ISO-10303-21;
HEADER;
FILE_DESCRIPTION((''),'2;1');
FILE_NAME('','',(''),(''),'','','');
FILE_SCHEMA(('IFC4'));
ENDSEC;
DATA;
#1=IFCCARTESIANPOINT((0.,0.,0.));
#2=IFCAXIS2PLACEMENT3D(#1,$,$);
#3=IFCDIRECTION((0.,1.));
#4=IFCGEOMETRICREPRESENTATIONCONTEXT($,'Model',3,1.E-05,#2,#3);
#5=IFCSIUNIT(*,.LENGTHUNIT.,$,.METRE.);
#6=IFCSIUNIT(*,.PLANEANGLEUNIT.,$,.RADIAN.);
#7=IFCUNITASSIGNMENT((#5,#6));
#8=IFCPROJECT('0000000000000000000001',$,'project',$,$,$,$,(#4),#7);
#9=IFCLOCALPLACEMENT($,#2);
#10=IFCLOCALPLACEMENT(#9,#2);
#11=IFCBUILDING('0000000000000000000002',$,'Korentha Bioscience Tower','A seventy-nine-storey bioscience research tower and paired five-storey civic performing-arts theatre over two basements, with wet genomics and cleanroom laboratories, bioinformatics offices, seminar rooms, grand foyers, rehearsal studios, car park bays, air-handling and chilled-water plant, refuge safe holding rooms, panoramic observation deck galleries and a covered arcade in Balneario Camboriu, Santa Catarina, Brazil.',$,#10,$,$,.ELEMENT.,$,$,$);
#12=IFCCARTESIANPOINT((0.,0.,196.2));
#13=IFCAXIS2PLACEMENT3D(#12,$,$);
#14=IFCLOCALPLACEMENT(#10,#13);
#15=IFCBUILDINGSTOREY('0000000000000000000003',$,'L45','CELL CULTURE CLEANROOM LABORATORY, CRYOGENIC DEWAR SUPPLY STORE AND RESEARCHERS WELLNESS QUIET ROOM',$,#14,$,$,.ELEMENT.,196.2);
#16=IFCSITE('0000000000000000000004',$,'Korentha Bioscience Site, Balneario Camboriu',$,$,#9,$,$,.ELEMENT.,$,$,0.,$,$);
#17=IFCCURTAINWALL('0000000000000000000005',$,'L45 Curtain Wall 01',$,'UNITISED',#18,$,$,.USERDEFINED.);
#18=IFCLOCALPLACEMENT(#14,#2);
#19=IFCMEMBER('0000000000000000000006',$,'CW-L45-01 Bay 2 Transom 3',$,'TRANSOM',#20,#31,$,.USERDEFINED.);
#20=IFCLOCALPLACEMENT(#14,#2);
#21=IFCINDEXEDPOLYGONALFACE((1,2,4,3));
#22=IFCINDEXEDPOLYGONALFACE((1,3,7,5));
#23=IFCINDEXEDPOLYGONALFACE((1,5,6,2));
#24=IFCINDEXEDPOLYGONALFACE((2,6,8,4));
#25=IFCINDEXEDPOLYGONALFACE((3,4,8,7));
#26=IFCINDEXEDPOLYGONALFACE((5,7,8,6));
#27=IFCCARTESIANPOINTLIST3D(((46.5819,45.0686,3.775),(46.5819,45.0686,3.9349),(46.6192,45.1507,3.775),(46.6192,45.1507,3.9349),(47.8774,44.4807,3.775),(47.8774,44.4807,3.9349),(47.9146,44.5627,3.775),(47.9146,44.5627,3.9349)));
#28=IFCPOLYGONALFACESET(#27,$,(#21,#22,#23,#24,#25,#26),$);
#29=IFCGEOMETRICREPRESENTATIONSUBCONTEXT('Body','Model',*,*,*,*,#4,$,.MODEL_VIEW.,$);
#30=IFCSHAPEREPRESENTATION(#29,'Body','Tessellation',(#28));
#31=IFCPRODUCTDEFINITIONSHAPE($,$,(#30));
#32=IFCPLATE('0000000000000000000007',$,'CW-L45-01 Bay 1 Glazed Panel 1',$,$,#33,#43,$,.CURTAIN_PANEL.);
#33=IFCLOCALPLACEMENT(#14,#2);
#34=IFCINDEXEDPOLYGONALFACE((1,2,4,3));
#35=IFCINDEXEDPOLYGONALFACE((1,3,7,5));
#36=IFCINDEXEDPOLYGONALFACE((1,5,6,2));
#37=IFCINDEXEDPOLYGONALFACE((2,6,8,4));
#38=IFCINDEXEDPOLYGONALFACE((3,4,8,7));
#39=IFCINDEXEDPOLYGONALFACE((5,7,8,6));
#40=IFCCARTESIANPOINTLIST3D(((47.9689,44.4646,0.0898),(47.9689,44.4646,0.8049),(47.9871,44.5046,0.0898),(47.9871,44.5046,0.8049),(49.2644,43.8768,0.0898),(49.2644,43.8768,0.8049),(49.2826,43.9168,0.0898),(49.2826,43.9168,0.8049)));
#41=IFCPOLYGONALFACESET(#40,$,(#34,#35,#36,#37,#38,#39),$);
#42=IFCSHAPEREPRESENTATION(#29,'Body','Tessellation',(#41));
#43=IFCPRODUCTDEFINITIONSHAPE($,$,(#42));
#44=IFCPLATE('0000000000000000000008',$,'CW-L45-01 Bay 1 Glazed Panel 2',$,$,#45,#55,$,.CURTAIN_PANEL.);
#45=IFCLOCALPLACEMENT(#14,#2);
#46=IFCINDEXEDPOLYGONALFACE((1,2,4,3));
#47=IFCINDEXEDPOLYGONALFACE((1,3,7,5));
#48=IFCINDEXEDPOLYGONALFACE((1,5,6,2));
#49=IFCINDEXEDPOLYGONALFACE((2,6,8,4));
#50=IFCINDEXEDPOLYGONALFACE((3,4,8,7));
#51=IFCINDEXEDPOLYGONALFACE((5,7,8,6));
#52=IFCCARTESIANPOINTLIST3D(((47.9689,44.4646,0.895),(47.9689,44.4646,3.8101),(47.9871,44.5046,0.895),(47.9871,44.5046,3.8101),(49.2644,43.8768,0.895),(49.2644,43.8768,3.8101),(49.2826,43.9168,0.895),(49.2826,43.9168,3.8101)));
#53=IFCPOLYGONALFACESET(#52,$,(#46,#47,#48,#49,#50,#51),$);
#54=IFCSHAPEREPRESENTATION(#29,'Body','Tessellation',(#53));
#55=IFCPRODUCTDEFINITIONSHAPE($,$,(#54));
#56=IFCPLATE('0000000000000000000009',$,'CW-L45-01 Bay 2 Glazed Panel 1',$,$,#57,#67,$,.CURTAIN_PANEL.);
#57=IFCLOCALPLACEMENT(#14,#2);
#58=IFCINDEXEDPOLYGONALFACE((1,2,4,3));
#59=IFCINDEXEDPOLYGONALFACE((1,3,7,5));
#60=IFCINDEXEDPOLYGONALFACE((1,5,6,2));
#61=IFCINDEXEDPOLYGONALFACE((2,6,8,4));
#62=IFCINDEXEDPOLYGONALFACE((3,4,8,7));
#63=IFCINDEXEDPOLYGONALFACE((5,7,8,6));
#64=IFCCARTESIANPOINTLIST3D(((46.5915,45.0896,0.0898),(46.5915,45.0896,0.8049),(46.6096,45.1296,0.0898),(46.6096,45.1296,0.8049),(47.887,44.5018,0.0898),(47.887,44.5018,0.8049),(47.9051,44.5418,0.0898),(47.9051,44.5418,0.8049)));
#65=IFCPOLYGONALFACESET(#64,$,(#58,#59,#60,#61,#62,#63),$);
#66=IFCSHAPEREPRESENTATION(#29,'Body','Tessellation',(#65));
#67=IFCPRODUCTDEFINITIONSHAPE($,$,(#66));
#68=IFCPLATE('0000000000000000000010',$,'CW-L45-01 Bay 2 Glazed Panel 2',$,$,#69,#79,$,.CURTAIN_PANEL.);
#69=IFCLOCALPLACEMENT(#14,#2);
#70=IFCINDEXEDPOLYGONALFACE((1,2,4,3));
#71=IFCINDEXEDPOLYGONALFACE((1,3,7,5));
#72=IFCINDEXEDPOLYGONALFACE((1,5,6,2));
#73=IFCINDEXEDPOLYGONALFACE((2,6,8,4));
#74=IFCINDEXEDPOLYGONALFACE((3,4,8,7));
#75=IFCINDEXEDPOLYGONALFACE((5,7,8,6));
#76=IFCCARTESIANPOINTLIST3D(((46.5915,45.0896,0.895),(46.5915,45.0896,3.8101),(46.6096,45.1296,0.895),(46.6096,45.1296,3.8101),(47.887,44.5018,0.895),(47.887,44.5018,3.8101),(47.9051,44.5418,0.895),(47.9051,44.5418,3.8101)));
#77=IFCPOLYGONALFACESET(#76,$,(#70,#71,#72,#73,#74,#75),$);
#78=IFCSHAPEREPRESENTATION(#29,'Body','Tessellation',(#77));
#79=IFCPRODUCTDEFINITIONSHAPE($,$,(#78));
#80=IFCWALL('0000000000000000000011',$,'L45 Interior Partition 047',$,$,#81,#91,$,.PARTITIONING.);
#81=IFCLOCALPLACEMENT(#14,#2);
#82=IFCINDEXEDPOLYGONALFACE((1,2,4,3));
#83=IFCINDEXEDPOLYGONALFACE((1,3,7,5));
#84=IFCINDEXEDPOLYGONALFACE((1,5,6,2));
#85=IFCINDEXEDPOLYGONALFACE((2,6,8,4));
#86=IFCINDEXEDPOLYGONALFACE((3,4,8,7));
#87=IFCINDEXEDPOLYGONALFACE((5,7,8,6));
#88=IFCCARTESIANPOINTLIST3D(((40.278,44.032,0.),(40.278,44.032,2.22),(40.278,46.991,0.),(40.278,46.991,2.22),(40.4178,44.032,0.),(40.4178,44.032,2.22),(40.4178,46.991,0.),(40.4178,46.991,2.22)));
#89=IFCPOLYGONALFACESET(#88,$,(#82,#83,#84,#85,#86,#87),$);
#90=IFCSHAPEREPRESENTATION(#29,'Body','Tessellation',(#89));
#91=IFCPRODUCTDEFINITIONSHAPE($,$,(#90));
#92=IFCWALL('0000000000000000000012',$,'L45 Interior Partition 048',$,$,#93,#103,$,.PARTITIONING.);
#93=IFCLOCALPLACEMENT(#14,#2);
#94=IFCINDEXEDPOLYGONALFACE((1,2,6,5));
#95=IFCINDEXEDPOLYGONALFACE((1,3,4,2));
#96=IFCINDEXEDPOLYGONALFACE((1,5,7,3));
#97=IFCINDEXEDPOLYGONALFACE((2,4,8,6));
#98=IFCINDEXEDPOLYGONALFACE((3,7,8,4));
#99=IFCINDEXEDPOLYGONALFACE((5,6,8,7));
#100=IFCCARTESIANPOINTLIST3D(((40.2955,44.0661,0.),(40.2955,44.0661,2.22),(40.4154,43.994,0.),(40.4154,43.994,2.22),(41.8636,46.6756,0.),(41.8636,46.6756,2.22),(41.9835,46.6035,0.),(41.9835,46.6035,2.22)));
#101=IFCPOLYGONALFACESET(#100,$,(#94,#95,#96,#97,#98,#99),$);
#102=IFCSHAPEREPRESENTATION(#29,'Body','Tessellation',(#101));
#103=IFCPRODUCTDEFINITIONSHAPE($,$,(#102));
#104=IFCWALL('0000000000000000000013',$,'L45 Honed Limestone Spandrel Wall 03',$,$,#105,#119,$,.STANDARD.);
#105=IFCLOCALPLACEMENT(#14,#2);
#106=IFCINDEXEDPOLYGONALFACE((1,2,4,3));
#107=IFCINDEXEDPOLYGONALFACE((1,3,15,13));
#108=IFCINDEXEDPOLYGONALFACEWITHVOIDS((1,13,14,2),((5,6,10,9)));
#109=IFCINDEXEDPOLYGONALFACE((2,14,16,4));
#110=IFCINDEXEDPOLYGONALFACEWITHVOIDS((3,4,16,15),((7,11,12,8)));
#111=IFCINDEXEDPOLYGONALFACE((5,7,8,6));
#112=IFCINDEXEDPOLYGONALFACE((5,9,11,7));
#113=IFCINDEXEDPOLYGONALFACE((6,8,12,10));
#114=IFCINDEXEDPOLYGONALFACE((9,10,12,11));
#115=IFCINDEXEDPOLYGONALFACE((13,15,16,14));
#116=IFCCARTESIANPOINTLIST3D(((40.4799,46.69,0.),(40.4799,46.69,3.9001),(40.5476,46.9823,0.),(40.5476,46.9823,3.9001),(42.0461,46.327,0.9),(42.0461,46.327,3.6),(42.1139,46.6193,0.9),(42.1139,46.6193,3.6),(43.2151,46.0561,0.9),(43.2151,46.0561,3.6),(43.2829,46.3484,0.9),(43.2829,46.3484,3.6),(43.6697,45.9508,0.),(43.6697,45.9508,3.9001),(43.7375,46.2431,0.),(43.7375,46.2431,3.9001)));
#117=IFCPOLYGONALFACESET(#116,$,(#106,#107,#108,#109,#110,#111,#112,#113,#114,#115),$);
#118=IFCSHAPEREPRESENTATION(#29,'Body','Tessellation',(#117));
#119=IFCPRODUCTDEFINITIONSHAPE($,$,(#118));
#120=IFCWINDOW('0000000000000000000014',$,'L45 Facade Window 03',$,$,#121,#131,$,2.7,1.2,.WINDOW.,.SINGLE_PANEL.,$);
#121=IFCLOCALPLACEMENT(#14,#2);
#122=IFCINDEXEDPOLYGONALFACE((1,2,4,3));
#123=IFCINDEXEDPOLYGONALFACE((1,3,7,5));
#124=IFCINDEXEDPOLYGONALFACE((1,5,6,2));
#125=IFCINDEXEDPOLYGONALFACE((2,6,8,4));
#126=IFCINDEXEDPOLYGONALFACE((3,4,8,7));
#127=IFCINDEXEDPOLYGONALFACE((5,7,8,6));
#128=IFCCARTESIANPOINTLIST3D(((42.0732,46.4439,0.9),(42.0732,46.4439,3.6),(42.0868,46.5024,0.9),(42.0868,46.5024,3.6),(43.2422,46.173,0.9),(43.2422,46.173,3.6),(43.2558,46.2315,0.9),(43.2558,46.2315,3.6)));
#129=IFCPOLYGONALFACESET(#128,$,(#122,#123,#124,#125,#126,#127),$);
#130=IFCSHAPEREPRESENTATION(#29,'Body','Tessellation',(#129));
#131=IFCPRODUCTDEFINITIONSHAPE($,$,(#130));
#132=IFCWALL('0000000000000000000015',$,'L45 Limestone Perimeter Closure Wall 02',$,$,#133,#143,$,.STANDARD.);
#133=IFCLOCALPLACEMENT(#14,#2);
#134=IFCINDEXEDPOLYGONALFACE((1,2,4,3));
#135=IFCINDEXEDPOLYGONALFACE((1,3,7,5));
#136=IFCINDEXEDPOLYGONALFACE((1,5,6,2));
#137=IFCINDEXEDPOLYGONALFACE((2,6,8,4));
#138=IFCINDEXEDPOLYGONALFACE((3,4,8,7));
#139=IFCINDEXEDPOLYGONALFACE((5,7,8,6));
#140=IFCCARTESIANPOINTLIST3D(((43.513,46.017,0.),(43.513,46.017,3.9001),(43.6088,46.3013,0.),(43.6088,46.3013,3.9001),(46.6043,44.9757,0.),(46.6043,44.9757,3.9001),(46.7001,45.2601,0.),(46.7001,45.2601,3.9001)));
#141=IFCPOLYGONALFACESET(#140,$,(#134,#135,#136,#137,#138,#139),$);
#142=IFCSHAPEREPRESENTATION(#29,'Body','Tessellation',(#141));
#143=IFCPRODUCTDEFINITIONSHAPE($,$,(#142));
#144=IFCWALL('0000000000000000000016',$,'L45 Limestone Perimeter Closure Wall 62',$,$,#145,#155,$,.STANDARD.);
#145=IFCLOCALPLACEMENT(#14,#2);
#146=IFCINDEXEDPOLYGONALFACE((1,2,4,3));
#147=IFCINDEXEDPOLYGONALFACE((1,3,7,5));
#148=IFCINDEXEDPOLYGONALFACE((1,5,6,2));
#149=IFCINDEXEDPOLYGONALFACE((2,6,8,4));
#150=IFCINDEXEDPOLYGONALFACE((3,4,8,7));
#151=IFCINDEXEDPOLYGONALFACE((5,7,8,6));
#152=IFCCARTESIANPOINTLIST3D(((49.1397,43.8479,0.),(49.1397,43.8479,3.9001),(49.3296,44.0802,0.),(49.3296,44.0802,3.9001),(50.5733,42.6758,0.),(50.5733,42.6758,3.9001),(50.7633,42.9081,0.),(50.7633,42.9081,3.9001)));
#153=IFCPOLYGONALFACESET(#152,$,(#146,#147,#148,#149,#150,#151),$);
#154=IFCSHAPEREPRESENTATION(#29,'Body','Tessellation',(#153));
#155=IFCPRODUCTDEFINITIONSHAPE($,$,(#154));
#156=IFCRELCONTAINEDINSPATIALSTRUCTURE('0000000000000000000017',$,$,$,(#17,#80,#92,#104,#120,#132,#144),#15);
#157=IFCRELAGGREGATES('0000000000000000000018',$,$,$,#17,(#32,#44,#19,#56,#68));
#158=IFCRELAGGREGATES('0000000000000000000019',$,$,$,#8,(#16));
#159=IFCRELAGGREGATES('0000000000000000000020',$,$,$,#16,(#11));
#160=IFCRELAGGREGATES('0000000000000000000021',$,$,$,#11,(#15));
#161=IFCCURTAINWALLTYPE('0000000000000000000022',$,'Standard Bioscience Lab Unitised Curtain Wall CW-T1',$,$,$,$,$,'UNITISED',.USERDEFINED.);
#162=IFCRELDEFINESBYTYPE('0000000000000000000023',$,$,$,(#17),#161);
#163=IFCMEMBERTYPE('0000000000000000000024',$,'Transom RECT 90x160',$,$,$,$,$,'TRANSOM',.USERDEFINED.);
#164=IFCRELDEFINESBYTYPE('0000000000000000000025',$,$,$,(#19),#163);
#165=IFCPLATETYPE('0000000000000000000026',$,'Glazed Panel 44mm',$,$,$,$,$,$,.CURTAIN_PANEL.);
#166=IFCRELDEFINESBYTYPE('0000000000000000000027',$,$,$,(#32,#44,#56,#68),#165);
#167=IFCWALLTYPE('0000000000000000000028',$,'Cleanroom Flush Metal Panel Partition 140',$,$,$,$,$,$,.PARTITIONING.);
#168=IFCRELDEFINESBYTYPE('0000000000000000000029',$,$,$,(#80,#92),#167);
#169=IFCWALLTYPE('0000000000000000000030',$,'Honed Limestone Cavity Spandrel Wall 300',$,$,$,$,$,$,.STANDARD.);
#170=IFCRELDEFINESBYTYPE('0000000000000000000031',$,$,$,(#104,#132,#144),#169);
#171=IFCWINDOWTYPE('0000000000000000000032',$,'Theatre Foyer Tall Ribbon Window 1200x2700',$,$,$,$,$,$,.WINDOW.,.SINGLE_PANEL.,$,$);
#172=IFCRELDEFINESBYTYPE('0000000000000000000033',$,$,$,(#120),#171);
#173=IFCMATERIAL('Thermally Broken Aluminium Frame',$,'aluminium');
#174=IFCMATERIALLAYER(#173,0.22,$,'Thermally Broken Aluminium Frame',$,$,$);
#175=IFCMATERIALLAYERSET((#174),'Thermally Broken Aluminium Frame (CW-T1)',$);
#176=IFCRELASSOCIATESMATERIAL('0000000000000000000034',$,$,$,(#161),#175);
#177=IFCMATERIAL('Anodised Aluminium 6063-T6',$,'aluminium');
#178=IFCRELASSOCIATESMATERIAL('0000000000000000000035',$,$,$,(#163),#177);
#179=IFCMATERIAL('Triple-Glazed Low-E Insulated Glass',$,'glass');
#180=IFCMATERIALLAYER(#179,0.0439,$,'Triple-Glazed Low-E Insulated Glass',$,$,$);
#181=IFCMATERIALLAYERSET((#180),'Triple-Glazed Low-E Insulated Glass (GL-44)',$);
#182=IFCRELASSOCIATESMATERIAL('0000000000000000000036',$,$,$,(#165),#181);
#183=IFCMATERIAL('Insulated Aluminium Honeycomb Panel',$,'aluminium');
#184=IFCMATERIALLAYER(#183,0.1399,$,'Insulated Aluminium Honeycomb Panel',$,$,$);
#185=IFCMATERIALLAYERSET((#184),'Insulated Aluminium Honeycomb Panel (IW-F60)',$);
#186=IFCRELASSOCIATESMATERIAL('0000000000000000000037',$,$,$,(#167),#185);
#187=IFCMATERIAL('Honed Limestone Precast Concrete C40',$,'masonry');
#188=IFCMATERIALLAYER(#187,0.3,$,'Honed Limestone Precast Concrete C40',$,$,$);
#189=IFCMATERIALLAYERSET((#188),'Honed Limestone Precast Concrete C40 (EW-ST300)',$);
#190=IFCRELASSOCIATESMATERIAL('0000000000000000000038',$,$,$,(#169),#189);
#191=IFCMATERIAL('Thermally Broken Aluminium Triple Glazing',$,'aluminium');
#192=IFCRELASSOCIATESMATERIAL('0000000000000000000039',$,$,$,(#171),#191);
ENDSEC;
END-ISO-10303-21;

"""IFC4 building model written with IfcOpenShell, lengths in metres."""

from ifc_helpers import new_model, si_unit, direction, frame, frame_2d, origin, origin_2d, place, context, subcontext, project, spatial, rectangle, extrude, material, layer, layer_set, material_profile, profile_set, type_object, element, fill, aggregate, save


model = new_model("IFC4")

# Units and contexts
model_context = context("Model", 3, precision=1e-05, world=origin(), true_north=direction((0.0, 1.0)))
body_context = subcontext(model_context, "Body", "Model", "MODEL_VIEW")
ifc_project = project(units=[si_unit("LENGTHUNIT", "METRE"), si_unit("PLANEANGLEUNIT", "RADIAN")], contexts=[model_context])

# Site, building, storey
site_placement = place(None, origin())
site = spatial("IfcSite", under=ifc_project, at=site_placement, Name="Korentha Bioscience Site, Balneario Camboriu", CompositionType="ELEMENT", RefElevation=0.0)
building_placement = place(site_placement, origin())
building = spatial("IfcBuilding", under=site, at=building_placement, Name="Korentha Bioscience Tower", Description="A seventy-nine-storey bioscience research tower and paired five-storey civic performing-arts theatre over two basements, with wet genomics and cleanroom laboratories, bioinformatics offices, seminar rooms, grand foyers, rehearsal studios, car park bays, air-handling and chilled-water plant, refuge safe holding rooms, panoramic observation deck galleries and a covered arcade in Balneario Camboriu, Santa Catarina, Brazil.", CompositionType="ELEMENT")
storey_placement = place(building_placement, frame((0.0, 0.0, 196.2)))
storey = spatial("IfcBuildingStorey", under=building, at=storey_placement, Name="L45", Description="CELL CULTURE CLEANROOM LABORATORY, CRYOGENIC DEWAR SUPPLY STORE AND RESEARCHERS WELLNESS QUIET ROOM", CompositionType="ELEMENT", Elevation=196.2)

# Curtain wall
ifc_material_1 = material(Name="Thermally Broken Aluminium Frame", Category="aluminium")
ifc_layer_1 = layer(ifc_material_1, 0.22, Name="Thermally Broken Aluminium Frame")
ifc_layer_set_1 = layer_set([ifc_layer_1], Name="Thermally Broken Aluminium Frame (CW-T1)")
curtain_wall_type = type_object("IfcCurtainWallType", Name="Standard Bioscience Lab Unitised Curtain Wall CW-T1", ElementType="UNITISED", PredefinedType="USERDEFINED", material=ifc_layer_set_1)
curtain_wall_1_placement = place(storey_placement, origin())
curtain_wall_1 = element("IfcCurtainWall", 1, at=curtain_wall_1_placement, inside=storey, type_object=curtain_wall_type, Name="L45 Curtain Wall 01", ObjectType="UNITISED", PredefinedType="USERDEFINED")
ifc_material_2 = material(Name="Anodised Aluminium 6063-T6", Category="aluminium")

# Member
ifc_material_profile_1 = material_profile(ifc_material_2, rectangle(XDim=0.0901, YDim=0.1599, at=origin_2d()), Name="Anodised Aluminium 6063-T6")
ifc_profile_set_1 = profile_set([ifc_material_profile_1], Name="Anodised Aluminium 6063-T6 (CW-TRN)")
member_type_1 = type_object("IfcMemberType", Name="Transom RECT 90x160", ElementType="TRANSOM", PredefinedType="USERDEFINED", material=ifc_profile_set_1)
member_1_placement = place(storey_placement, frame((47.896, 44.5217, 3.855), z_axis=(-0.910613, 0.41326, 0.0), x_axis=(-0.41326, -0.910613, 0.0)))
member_1 = element("IfcMember", 2, at=member_1_placement, type_object=member_type_1, Name="CW-L45-01 Bay 2 Transom 3", ObjectType="TRANSOM", PredefinedType="USERDEFINED", context=body_context, shape_type="SweptSolid", body=[
    extrude(rectangle(XDim=0.0901, YDim=0.1599, at=origin_2d()), origin(), (0.0, 0.0, 1.0), 1.4226),
])

# Plates
ifc_material_3 = material(Name="Triple-Glazed Low-E Insulated Glass", Category="glass")
ifc_layer_2 = layer(ifc_material_3, 0.0439, Name="Triple-Glazed Low-E Insulated Glass")
ifc_layer_set_2 = layer_set([ifc_layer_2], Name="Triple-Glazed Low-E Insulated Glass (GL-44)")
plate_type = type_object("IfcPlateType", Name="Glazed Panel 44mm", PredefinedType="CURTAIN_PANEL", material=ifc_layer_set_2)
plate_1_placement = place(storey_placement, frame((48.6257, 44.1907, 0.0898), z_axis=(0.0, 0.0, 1.0), x_axis=(-0.910644, 0.413191, 0.0)))
plate_1 = element("IfcPlate", 3, at=plate_1_placement, type_object=plate_type, Name="CW-L45-01 Bay 1 Glazed Panel 1", PredefinedType="CURTAIN_PANEL", context=body_context, shape_type="SweptSolid", body=[
    extrude(rectangle(XDim=1.4226, YDim=0.0439, at=origin_2d()), origin(), (0.0, 0.0, 1.0), 0.7151),
])
plate_2_placement = place(storey_placement, frame((48.6257, 44.1907, 0.895), z_axis=(0.0, 0.0, 1.0), x_axis=(-0.910644, 0.413191, 0.0)))
plate_2 = element("IfcPlate", 4, at=plate_2_placement, type_object=plate_type, Name="CW-L45-01 Bay 1 Glazed Panel 2", PredefinedType="CURTAIN_PANEL", context=body_context, shape_type="SweptSolid", body=[
    extrude(rectangle(XDim=1.4226, YDim=0.0439, at=origin_2d()), origin(), (0.0, 0.0, 1.0), 2.915),
])
plate_3_placement = place(storey_placement, frame((47.2483, 44.8157, 0.0898), z_axis=(0.0, 0.0, 1.0), x_axis=(-0.910644, 0.413191, 0.0)))
plate_3 = element("IfcPlate", 5, at=plate_3_placement, type_object=plate_type, Name="CW-L45-01 Bay 2 Glazed Panel 1", PredefinedType="CURTAIN_PANEL", context=body_context, shape_type="SweptSolid", body=[
    extrude(rectangle(XDim=1.4226, YDim=0.0439, at=origin_2d()), origin(), (0.0, 0.0, 1.0), 0.7151),
])
plate_4_placement = place(storey_placement, frame((47.2483, 44.8157, 0.895), z_axis=(0.0, 0.0, 1.0), x_axis=(-0.910644, 0.413191, 0.0)))
plate_4 = element("IfcPlate", 6, at=plate_4_placement, type_object=plate_type, Name="CW-L45-01 Bay 2 Glazed Panel 2", PredefinedType="CURTAIN_PANEL", context=body_context, shape_type="SweptSolid", body=[
    extrude(rectangle(XDim=1.4226, YDim=0.0439, at=origin_2d()), origin(), (0.0, 0.0, 1.0), 2.915),
])
aggregate(curtain_wall_1, [plate_1, plate_2, member_1, plate_3, plate_4])

# Walls
ifc_material_4 = material(Name="Insulated Aluminium Honeycomb Panel", Category="aluminium")
ifc_layer_3 = layer(ifc_material_4, 0.1399, Name="Insulated Aluminium Honeycomb Panel")
ifc_layer_set_3 = layer_set([ifc_layer_3], Name="Insulated Aluminium Honeycomb Panel (IW-F60)")
wall_type_1 = type_object("IfcWallType", Name="Cleanroom Flush Metal Panel Partition 140", PredefinedType="PARTITIONING", material=ifc_layer_set_3)
wall_1_placement = place(storey_placement, frame((40.3479, 46.991, 0.0), z_axis=(0.0, 0.0, 1.0), x_axis=(0.0, -1.0, 0.0)))
element("IfcWall", 7, at=wall_1_placement, inside=storey, type_object=wall_type_1, Name="L45 Interior Partition 047", PredefinedType="PARTITIONING", context=body_context, shape_type="SweptSolid", body=[
    extrude(rectangle(XDim=2.959, YDim=0.1399, at=frame_2d((1.4795, 0.0))), origin(), (0.0, 0.0, 1.0), 2.22),
])
wall_2_placement = place(storey_placement, frame((40.3555, 44.03, 0.0), z_axis=(0.0, 0.0, 1.0), x_axis=(0.515062, 0.857153, 0.0)))
element("IfcWall", 8, at=wall_2_placement, inside=storey, type_object=wall_type_1, Name="L45 Interior Partition 048", PredefinedType="PARTITIONING", context=body_context, shape_type="SweptSolid", body=[
    extrude(rectangle(XDim=3.0444, YDim=0.1399, at=frame_2d((1.5222, 0.0))), origin(), (0.0, 0.0, 1.0), 2.22),
])

# Wall, opening, window
ifc_material_5 = material(Name="Honed Limestone Precast Concrete C40", Category="masonry")
ifc_layer_4 = layer(ifc_material_5, 0.3, Name="Honed Limestone Precast Concrete C40")
ifc_layer_set_4 = layer_set([ifc_layer_4], Name="Honed Limestone Precast Concrete C40 (EW-ST300)")
wall_type_2 = type_object("IfcWallType", Name="Honed Limestone Cavity Spandrel Wall 300", PredefinedType="STANDARD", material=ifc_layer_set_4)
wall_3_placement = place(storey_placement, frame((43.7036, 46.0969, 0.0), z_axis=(0.0, 0.0, 1.0), x_axis=(-0.974182, 0.225763, 0.0)))
wall_3 = element("IfcWall", 9, at=wall_3_placement, inside=storey, type_object=wall_type_2, Name="L45 Honed Limestone Spandrel Wall 03", PredefinedType="STANDARD", context=body_context, shape_type="SweptSolid", body=[
    extrude(rectangle(XDim=3.2744, YDim=0.3, at=frame_2d((1.6372, 0.0))), origin(), (0.0, 0.0, 1.0), 3.9001),
])
opening_1_placement = place(wall_3_placement, frame((0.4666, 0.0, 0.8999)))
opening_1 = element("IfcOpeningElement", 10, at=opening_1_placement, cuts=wall_3, PredefinedType="OPENING", context=body_context, shape_type="SweptSolid", body=[
    extrude(rectangle(XDim=1.2, YDim=2.7, at=frame_2d((0.6001, 1.3501))), frame((0.0, 0.165, 0.0), z_axis=(0.0, -1.0, 0.0), x_axis=(1.0, 0.0, 0.0)), (0.0, 0.0, 1.0), 0.3298),
])
ifc_material_6 = material(Name="Thermally Broken Aluminium Triple Glazing", Category="aluminium")
window_type = type_object("IfcWindowType", Name="Theatre Foyer Tall Ribbon Window 1200x2700", PartitioningType="SINGLE_PANEL", PredefinedType="WINDOW", material=ifc_material_6)
window_placement = place(opening_1_placement, origin())
window = element("IfcWindow", 11, at=window_placement, inside=storey, type_object=window_type, Name="L45 Facade Window 03", OverallHeight=2.7, OverallWidth=1.2, PartitioningType="SINGLE_PANEL", PredefinedType="WINDOW", context=body_context, shape_type="SweptSolid", body=[
    extrude(rectangle(XDim=1.2, YDim=2.7, at=frame_2d((0.6001, 1.3501))), frame((0.0, 0.03, 0.0), z_axis=(0.0, -1.0, 0.0), x_axis=(1.0, 0.0, 0.0)), (0.0, 0.0, 1.0), 0.0601),
])
fill(opening_1, window)

# Walls
wall_4_placement = place(storey_placement, frame((46.6521, 45.1179, 0.0), z_axis=(0.0, 0.0, 1.0), x_axis=(-0.947683, 0.319213, 0.0)))
element("IfcWall", 12, at=wall_4_placement, inside=storey, type_object=wall_type_2, Name="L45 Limestone Perimeter Closure Wall 02", PredefinedType="STANDARD", context=body_context, shape_type="SweptSolid", body=[
    extrude(rectangle(XDim=3.262, YDim=0.3, at=frame_2d((1.6309, 0.0))), origin(), (0.0, 0.0, 1.0), 3.9001),
])
wall_5_placement = place(storey_placement, frame((50.6682, 42.792, 0.0), z_axis=(0.0, 0.0, 1.0), x_axis=(-0.774175, 0.632972, 0.0)))
element("IfcWall", 13, at=wall_5_placement, inside=storey, type_object=wall_type_2, Name="L45 Limestone Perimeter Closure Wall 62", PredefinedType="STANDARD", context=body_context, shape_type="SweptSolid", body=[
    extrude(rectangle(XDim=1.8518, YDim=0.3, at=frame_2d((0.9258, 0.0))), origin(), (0.0, 0.0, 1.0), 3.9001),
])

save(model, "model.ifc")
